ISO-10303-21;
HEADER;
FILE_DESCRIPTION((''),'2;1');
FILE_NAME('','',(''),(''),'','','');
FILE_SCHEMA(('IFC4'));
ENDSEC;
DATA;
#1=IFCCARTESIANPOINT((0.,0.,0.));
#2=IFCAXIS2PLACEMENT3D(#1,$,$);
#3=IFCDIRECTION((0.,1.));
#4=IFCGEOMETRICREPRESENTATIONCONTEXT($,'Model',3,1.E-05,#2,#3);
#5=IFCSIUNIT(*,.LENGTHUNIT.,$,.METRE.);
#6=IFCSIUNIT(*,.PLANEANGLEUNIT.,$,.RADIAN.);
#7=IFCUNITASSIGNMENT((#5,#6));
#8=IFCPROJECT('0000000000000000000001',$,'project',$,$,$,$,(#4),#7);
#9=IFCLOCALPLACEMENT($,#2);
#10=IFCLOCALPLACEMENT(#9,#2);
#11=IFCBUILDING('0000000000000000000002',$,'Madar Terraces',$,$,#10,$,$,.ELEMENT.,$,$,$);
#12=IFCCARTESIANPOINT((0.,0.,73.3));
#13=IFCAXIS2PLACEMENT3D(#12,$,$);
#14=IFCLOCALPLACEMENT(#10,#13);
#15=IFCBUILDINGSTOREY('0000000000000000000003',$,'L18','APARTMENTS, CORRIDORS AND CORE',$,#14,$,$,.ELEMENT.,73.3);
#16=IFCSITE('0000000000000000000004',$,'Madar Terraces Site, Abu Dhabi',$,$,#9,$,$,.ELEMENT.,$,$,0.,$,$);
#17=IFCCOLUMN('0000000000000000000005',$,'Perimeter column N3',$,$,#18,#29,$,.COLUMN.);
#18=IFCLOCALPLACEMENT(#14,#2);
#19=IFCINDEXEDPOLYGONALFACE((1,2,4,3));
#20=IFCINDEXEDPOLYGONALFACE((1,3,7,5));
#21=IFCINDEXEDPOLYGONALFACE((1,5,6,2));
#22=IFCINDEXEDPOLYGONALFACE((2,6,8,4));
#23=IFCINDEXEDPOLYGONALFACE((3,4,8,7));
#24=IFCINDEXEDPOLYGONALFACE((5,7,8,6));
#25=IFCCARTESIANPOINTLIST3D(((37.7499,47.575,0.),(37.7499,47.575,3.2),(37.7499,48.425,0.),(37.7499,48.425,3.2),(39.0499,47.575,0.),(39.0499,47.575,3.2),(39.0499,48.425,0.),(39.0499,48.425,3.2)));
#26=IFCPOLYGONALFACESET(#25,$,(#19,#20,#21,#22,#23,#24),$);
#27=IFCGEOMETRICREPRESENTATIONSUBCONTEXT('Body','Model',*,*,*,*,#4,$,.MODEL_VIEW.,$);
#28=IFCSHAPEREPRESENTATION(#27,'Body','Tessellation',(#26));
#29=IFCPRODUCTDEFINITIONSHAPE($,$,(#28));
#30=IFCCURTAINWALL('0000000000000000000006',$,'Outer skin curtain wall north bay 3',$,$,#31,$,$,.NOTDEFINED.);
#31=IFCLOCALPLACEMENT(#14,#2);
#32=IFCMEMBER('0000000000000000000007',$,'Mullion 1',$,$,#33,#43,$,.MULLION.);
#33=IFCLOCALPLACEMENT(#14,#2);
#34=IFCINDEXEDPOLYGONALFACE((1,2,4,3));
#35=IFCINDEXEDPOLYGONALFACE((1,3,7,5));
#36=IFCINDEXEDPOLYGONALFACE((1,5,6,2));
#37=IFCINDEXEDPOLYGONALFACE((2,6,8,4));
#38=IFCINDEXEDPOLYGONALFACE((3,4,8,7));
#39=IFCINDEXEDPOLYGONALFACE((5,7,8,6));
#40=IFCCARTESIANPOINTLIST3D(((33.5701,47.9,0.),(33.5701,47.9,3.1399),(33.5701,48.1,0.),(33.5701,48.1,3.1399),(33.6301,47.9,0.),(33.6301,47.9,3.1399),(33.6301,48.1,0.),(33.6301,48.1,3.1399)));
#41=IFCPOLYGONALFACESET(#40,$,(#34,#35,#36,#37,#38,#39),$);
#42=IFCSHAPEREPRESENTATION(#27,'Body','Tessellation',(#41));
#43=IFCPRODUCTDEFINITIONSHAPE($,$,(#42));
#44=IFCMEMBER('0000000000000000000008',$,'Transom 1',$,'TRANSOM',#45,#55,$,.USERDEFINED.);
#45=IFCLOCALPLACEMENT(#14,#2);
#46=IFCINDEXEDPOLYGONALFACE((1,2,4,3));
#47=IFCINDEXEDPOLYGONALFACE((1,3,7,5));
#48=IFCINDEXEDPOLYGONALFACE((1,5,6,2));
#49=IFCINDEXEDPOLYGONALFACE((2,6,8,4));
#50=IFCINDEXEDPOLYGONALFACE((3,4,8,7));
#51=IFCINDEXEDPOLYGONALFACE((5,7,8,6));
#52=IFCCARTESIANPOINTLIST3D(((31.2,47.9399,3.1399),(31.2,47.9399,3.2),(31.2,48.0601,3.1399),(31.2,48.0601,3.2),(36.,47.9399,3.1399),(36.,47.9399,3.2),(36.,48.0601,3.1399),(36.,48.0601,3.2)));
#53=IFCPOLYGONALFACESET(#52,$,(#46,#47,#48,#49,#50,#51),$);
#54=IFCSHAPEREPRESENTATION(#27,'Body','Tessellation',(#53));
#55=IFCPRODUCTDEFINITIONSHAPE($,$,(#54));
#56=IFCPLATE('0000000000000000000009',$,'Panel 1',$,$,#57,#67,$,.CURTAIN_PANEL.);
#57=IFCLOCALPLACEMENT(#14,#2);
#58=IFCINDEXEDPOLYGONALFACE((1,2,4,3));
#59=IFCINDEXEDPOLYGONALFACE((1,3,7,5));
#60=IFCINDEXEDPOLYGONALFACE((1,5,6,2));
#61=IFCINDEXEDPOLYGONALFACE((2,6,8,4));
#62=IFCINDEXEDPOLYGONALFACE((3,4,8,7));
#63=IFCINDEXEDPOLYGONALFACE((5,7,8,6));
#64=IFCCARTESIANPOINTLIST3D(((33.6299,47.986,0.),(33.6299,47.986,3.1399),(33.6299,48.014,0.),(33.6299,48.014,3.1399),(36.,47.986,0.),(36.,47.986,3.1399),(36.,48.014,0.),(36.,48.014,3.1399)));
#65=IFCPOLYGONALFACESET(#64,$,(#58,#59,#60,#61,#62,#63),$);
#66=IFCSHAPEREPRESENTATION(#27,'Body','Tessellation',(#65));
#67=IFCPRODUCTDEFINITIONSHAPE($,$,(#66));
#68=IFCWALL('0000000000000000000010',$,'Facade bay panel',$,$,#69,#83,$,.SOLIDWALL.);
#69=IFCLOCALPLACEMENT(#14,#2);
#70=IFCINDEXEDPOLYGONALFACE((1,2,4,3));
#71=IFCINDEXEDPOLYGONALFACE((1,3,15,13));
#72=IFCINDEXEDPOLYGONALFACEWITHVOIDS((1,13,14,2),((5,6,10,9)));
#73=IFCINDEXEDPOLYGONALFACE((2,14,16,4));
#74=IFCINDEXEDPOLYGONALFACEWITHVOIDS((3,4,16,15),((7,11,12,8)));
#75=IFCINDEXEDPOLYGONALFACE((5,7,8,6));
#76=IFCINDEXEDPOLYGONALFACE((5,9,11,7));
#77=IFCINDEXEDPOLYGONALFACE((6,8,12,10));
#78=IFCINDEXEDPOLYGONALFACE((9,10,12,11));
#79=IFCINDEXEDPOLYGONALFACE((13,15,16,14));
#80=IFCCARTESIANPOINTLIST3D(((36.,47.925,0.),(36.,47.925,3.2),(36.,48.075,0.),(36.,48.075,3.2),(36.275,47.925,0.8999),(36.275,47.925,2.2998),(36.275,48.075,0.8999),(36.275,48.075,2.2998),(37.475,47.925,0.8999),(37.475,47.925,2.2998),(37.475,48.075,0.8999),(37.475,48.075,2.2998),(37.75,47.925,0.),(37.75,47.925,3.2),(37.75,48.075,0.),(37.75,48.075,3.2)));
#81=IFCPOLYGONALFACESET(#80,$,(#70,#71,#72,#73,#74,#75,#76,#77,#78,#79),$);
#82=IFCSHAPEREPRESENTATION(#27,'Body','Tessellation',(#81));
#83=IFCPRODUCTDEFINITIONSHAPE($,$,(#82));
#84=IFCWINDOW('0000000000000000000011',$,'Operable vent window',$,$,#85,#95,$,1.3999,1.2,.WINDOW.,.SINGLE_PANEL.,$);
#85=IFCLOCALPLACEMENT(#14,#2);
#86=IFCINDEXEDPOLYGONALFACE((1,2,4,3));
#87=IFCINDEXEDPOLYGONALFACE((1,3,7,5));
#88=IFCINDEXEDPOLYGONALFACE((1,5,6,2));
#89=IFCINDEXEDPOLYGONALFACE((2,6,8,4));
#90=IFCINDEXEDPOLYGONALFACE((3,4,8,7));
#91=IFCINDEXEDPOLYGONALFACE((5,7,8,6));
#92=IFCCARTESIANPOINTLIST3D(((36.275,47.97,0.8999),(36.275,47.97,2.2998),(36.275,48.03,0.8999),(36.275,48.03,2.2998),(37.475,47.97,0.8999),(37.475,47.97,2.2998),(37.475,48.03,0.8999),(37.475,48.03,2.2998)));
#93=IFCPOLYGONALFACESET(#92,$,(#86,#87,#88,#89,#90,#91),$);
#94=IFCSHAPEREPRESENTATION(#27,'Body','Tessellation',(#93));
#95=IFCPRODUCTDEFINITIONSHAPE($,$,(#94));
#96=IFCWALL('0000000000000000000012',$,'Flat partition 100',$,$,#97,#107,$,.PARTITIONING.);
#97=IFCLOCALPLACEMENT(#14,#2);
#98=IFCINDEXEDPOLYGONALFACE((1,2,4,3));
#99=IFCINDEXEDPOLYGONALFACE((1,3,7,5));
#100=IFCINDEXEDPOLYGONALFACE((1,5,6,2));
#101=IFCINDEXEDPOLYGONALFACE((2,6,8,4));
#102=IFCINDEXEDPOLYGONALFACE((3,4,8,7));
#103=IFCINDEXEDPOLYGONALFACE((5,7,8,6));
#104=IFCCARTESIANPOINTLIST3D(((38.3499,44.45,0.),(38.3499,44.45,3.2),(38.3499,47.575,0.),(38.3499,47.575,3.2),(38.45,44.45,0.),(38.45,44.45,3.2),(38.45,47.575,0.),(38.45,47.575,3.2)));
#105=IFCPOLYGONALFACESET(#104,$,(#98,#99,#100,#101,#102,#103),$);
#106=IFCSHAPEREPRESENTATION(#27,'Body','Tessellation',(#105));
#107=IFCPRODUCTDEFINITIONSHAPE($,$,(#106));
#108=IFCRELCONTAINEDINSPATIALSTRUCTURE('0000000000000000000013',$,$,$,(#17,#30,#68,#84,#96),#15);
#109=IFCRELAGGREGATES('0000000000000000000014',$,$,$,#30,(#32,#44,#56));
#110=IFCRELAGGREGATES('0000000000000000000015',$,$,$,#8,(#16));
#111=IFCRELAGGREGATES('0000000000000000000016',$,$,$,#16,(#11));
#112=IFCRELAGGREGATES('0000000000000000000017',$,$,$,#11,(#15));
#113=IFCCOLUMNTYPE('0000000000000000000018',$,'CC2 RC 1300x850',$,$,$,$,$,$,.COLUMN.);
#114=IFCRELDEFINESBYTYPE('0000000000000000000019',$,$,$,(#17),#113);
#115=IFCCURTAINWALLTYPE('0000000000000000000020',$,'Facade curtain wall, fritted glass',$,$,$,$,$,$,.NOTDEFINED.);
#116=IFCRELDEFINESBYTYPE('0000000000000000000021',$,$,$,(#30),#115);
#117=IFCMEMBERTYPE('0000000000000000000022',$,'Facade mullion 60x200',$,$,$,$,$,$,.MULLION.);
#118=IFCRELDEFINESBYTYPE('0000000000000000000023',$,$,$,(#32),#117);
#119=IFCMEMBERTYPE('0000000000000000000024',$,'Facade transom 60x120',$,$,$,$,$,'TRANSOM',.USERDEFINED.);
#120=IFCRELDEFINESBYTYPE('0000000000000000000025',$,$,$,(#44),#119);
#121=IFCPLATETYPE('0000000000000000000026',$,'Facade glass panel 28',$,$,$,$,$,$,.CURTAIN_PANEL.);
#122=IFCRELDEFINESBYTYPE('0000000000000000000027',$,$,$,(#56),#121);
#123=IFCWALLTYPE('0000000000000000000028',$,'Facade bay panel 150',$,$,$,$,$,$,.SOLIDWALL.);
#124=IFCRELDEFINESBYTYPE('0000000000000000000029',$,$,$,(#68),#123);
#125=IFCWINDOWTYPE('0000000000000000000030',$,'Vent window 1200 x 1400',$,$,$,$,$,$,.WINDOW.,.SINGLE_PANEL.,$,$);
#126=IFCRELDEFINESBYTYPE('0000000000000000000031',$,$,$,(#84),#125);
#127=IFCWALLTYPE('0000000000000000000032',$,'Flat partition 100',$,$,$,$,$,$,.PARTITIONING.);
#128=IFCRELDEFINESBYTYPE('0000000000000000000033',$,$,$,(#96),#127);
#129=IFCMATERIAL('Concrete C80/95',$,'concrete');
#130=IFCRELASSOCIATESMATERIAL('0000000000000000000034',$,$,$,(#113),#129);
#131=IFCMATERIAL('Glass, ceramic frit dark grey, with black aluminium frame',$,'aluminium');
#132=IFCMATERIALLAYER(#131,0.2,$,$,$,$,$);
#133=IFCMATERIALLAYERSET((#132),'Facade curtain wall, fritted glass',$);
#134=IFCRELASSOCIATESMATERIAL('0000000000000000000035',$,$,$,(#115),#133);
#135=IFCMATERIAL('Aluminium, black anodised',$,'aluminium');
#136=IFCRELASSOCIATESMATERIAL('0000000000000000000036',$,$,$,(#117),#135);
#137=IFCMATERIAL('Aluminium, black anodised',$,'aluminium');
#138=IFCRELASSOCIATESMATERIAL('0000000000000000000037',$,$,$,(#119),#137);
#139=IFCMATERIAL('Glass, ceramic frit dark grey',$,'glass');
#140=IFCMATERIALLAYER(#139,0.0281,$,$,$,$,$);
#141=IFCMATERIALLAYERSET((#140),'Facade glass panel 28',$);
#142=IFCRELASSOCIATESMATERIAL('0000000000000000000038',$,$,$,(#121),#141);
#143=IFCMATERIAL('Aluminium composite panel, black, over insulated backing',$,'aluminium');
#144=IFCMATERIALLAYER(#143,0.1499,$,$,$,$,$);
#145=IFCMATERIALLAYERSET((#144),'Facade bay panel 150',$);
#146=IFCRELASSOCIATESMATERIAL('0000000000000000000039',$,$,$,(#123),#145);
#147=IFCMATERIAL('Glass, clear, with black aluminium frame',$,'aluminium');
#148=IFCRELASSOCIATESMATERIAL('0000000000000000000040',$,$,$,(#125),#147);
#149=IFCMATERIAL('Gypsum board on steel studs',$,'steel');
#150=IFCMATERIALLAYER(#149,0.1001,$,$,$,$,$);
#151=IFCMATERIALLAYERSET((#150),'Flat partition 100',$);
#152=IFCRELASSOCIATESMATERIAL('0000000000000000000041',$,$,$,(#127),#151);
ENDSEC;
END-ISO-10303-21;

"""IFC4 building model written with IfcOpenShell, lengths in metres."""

from ifc_helpers import new_model, si_unit, direction, frame, frame_2d, origin, origin_2d, place, context, subcontext, project, spatial, rectangle, extrude, material, layer, layer_set, material_profile, profile_set, type_object, element, fill, aggregate, save


model = new_model("IFC4")

# Units and contexts
model_context = context("Model", 3, precision=1e-05, world=origin(), true_north=direction((0.0, 1.0)))
body_context = subcontext(model_context, "Body", "Model", "MODEL_VIEW")
ifc_project = project(units=[si_unit("LENGTHUNIT", "METRE"), si_unit("PLANEANGLEUNIT", "RADIAN")], contexts=[model_context])

# Site, building, storey
site_placement = place(None, origin())
site = spatial("IfcSite", under=ifc_project, at=site_placement, Name="Madar Terraces Site, Abu Dhabi", CompositionType="ELEMENT", RefElevation=0.0)
building_placement = place(site_placement, origin())
building = spatial("IfcBuilding", under=site, at=building_placement, Name="Madar Terraces", CompositionType="ELEMENT")
storey_placement = place(building_placement, frame((0.0, 0.0, 73.3)))
storey = spatial("IfcBuildingStorey", under=building, at=storey_placement, Name="L18", Description="APARTMENTS, CORRIDORS AND CORE", CompositionType="ELEMENT", Elevation=73.3)

# Column
ifc_material_1 = material(Name="Concrete C80/95", Category="concrete")
ifc_material_profile_1 = material_profile(ifc_material_1, rectangle(XDim=1.3, YDim=0.8501, at=origin_2d()), Name="CC2 RC 1300x850")
ifc_profile_set_1 = profile_set([ifc_material_profile_1], Name="Concrete C80/95")
column_type = type_object("IfcColumnType", Name="CC2 RC 1300x850", PredefinedType="COLUMN", material=ifc_profile_set_1)
column_placement = place(storey_placement, frame((38.3999, 48.0, 0.0), z_axis=(0.0, 0.0, 1.0), x_axis=(1.0, 0.0, 0.0)))
element("IfcColumn", 1, at=column_placement, inside=storey, type_object=column_type, Name="Perimeter column N3", PredefinedType="COLUMN", context=body_context, shape_type="SweptSolid", body=[
    extrude(rectangle(XDim=1.3, YDim=0.8501, at=origin_2d()), origin(), (0.0, 0.0, 1.0), 3.2),
])

# Curtain wall, members, plate
ifc_material_2 = material(Name="Glass, ceramic frit dark grey, with black aluminium frame", Category="aluminium")
ifc_layer_1 = layer(ifc_material_2, 0.2)
ifc_layer_set_1 = layer_set([ifc_layer_1], Name="Facade curtain wall, fritted glass")
curtain_wall_type = type_object("IfcCurtainWallType", Name="Facade curtain wall, fritted glass", PredefinedType="NOTDEFINED", material=ifc_layer_set_1)
curtain_wall_placement = place(storey_placement, origin())
curtain_wall = element("IfcCurtainWall", 2, at=curtain_wall_placement, inside=storey, type_object=curtain_wall_type, Name="Outer skin curtain wall north bay 3", PredefinedType="NOTDEFINED")
ifc_material_3 = material(Name="Aluminium, black anodised", Category="aluminium")
ifc_material_profile_2 = material_profile(ifc_material_3, rectangle(XDim=0.2, YDim=0.0601, at=origin_2d()), Name="Facade mullion 60x200")
ifc_profile_set_2 = profile_set([ifc_material_profile_2], Name="Aluminium, black anodised")
member_type_1 = type_object("IfcMemberType", Name="Facade mullion 60x200", PredefinedType="MULLION", material=ifc_profile_set_2)
member_1_placement = place(storey_placement, frame((33.6001, 48.0, 0.0), z_axis=(0.0, 0.0, 1.0), x_axis=(0.0, -1.0, 0.0)))
member_1 = element("IfcMember", 3, at=member_1_placement, type_object=member_type_1, Name="Mullion 1", PredefinedType="MULLION", context=body_context, shape_type="SweptSolid", body=[
    extrude(rectangle(XDim=0.2, YDim=0.0601, at=origin_2d()), origin(), (0.0, 0.0, 1.0), 3.1399),
])
ifc_material_4 = material(Name="Aluminium, black anodised", Category="aluminium")
ifc_material_profile_3 = material_profile(ifc_material_4, rectangle(XDim=0.1201, YDim=0.0601, at=origin_2d()), Name="Facade transom 60x120")
ifc_profile_set_3 = profile_set([ifc_material_profile_3], Name="Aluminium, black anodised")
member_type_2 = type_object("IfcMemberType", Name="Facade transom 60x120", ElementType="TRANSOM", PredefinedType="USERDEFINED", material=ifc_profile_set_3)
member_2_placement = place(storey_placement, frame((36.0, 48.0, 3.1699), z_axis=(-1.0, 0.0, 0.0), x_axis=(0.0, -1.0, 0.0)))
member_2 = element("IfcMember", 4, at=member_2_placement, type_object=member_type_2, Name="Transom 1", ObjectType="TRANSOM", PredefinedType="USERDEFINED", context=body_context, shape_type="SweptSolid", body=[
    extrude(rectangle(XDim=0.1201, YDim=0.0601, at=origin_2d()), origin(), (0.0, 0.0, 1.0), 4.8),
])
ifc_material_5 = material(Name="Glass, ceramic frit dark grey", Category="glass")
ifc_layer_2 = layer(ifc_material_5, 0.0281)
ifc_layer_set_2 = layer_set([ifc_layer_2], Name="Facade glass panel 28")
plate_type = type_object("IfcPlateType", Name="Facade glass panel 28", PredefinedType="CURTAIN_PANEL", material=ifc_layer_set_2)
plate_placement = place(storey_placement, frame((34.8149, 48.0, 0.0), z_axis=(0.0, 0.0, 1.0), x_axis=(-1.0, 0.0, 0.0)))
plate = element("IfcPlate", 5, at=plate_placement, type_object=plate_type, Name="Panel 1", PredefinedType="CURTAIN_PANEL", context=body_context, shape_type="SweptSolid", body=[
    extrude(rectangle(XDim=2.3701, YDim=0.0281, at=origin_2d()), origin(), (0.0, 0.0, 1.0), 3.1399),
])
aggregate(curtain_wall, [member_1, member_2, plate])

# Wall, opening, window
ifc_material_6 = material(Name="Aluminium composite panel, black, over insulated backing", Category="aluminium")
ifc_layer_3 = layer(ifc_material_6, 0.1499)
ifc_layer_set_3 = layer_set([ifc_layer_3], Name="Facade bay panel 150")
wall_type_1 = type_object("IfcWallType", Name="Facade bay panel 150", PredefinedType="SOLIDWALL", material=ifc_layer_set_3)
wall_1_placement = place(storey_placement, frame((37.75, 48.0, 0.0), z_axis=(0.0, 0.0, 1.0), x_axis=(-1.0, 0.0, 0.0)))
wall_1 = element("IfcWall", 6, at=wall_1_placement, inside=storey, type_object=wall_type_1, Name="Facade bay panel", PredefinedType="SOLIDWALL", context=body_context, shape_type="SweptSolid", body=[
    extrude(rectangle(XDim=1.75, YDim=0.1499, at=frame_2d((0.875, 0.0))), origin(), (0.0, 0.0, 1.0), 3.2),
])
opening_1_placement = place(wall_1_placement, frame((0.2749, 0.0, 0.8999)))
opening_1 = element("IfcOpeningElement", 7, at=opening_1_placement, cuts=wall_1, PredefinedType="OPENING", context=body_context, shape_type="SweptSolid", body=[
    extrude(rectangle(XDim=1.2, YDim=1.3999, at=frame_2d((0.6001, 0.7))), frame((0.0, 0.085, 0.0), z_axis=(0.0, -1.0, 0.0), x_axis=(1.0, 0.0, 0.0)), (0.0, 0.0, 1.0), 0.1699),
])
ifc_material_7 = material(Name="Glass, clear, with black aluminium frame", Category="aluminium")
window_type = type_object("IfcWindowType", Name="Vent window 1200 x 1400", PartitioningType="SINGLE_PANEL", PredefinedType="WINDOW", material=ifc_material_7)
window_placement = place(opening_1_placement, origin())
window = element("IfcWindow", 8, at=window_placement, inside=storey, type_object=window_type, Name="Operable vent window", OverallHeight=1.3999, OverallWidth=1.2, PartitioningType="SINGLE_PANEL", PredefinedType="WINDOW", context=body_context, shape_type="SweptSolid", body=[
    extrude(rectangle(XDim=1.2, YDim=1.3999, at=frame_2d((0.6001, 0.7))), frame((0.0, 0.03, 0.0), z_axis=(0.0, -1.0, 0.0), x_axis=(1.0, 0.0, 0.0)), (0.0, 0.0, 1.0), 0.0601),
])
fill(opening_1, window)

# Wall
ifc_material_8 = material(Name="Gypsum board on steel studs", Category="steel")
ifc_layer_4 = layer(ifc_material_8, 0.1001)
ifc_layer_set_4 = layer_set([ifc_layer_4], Name="Flat partition 100")
wall_type_2 = type_object("IfcWallType", Name="Flat partition 100", PredefinedType="PARTITIONING", material=ifc_layer_set_4)
wall_2_placement = place(storey_placement, frame((38.3999, 44.45, 0.0), z_axis=(0.0, 0.0, 1.0), x_axis=(0.0, 1.0, 0.0)))
element("IfcWall", 9, at=wall_2_placement, inside=storey, type_object=wall_type_2, Name="Flat partition 100", PredefinedType="PARTITIONING", context=body_context, shape_type="SweptSolid", body=[
    extrude(rectangle(XDim=3.125, YDim=0.1001, at=frame_2d((1.5625, 0.0))), origin(), (0.0, 0.0, 1.0), 3.2),
])

save(model, "model.ifc")
